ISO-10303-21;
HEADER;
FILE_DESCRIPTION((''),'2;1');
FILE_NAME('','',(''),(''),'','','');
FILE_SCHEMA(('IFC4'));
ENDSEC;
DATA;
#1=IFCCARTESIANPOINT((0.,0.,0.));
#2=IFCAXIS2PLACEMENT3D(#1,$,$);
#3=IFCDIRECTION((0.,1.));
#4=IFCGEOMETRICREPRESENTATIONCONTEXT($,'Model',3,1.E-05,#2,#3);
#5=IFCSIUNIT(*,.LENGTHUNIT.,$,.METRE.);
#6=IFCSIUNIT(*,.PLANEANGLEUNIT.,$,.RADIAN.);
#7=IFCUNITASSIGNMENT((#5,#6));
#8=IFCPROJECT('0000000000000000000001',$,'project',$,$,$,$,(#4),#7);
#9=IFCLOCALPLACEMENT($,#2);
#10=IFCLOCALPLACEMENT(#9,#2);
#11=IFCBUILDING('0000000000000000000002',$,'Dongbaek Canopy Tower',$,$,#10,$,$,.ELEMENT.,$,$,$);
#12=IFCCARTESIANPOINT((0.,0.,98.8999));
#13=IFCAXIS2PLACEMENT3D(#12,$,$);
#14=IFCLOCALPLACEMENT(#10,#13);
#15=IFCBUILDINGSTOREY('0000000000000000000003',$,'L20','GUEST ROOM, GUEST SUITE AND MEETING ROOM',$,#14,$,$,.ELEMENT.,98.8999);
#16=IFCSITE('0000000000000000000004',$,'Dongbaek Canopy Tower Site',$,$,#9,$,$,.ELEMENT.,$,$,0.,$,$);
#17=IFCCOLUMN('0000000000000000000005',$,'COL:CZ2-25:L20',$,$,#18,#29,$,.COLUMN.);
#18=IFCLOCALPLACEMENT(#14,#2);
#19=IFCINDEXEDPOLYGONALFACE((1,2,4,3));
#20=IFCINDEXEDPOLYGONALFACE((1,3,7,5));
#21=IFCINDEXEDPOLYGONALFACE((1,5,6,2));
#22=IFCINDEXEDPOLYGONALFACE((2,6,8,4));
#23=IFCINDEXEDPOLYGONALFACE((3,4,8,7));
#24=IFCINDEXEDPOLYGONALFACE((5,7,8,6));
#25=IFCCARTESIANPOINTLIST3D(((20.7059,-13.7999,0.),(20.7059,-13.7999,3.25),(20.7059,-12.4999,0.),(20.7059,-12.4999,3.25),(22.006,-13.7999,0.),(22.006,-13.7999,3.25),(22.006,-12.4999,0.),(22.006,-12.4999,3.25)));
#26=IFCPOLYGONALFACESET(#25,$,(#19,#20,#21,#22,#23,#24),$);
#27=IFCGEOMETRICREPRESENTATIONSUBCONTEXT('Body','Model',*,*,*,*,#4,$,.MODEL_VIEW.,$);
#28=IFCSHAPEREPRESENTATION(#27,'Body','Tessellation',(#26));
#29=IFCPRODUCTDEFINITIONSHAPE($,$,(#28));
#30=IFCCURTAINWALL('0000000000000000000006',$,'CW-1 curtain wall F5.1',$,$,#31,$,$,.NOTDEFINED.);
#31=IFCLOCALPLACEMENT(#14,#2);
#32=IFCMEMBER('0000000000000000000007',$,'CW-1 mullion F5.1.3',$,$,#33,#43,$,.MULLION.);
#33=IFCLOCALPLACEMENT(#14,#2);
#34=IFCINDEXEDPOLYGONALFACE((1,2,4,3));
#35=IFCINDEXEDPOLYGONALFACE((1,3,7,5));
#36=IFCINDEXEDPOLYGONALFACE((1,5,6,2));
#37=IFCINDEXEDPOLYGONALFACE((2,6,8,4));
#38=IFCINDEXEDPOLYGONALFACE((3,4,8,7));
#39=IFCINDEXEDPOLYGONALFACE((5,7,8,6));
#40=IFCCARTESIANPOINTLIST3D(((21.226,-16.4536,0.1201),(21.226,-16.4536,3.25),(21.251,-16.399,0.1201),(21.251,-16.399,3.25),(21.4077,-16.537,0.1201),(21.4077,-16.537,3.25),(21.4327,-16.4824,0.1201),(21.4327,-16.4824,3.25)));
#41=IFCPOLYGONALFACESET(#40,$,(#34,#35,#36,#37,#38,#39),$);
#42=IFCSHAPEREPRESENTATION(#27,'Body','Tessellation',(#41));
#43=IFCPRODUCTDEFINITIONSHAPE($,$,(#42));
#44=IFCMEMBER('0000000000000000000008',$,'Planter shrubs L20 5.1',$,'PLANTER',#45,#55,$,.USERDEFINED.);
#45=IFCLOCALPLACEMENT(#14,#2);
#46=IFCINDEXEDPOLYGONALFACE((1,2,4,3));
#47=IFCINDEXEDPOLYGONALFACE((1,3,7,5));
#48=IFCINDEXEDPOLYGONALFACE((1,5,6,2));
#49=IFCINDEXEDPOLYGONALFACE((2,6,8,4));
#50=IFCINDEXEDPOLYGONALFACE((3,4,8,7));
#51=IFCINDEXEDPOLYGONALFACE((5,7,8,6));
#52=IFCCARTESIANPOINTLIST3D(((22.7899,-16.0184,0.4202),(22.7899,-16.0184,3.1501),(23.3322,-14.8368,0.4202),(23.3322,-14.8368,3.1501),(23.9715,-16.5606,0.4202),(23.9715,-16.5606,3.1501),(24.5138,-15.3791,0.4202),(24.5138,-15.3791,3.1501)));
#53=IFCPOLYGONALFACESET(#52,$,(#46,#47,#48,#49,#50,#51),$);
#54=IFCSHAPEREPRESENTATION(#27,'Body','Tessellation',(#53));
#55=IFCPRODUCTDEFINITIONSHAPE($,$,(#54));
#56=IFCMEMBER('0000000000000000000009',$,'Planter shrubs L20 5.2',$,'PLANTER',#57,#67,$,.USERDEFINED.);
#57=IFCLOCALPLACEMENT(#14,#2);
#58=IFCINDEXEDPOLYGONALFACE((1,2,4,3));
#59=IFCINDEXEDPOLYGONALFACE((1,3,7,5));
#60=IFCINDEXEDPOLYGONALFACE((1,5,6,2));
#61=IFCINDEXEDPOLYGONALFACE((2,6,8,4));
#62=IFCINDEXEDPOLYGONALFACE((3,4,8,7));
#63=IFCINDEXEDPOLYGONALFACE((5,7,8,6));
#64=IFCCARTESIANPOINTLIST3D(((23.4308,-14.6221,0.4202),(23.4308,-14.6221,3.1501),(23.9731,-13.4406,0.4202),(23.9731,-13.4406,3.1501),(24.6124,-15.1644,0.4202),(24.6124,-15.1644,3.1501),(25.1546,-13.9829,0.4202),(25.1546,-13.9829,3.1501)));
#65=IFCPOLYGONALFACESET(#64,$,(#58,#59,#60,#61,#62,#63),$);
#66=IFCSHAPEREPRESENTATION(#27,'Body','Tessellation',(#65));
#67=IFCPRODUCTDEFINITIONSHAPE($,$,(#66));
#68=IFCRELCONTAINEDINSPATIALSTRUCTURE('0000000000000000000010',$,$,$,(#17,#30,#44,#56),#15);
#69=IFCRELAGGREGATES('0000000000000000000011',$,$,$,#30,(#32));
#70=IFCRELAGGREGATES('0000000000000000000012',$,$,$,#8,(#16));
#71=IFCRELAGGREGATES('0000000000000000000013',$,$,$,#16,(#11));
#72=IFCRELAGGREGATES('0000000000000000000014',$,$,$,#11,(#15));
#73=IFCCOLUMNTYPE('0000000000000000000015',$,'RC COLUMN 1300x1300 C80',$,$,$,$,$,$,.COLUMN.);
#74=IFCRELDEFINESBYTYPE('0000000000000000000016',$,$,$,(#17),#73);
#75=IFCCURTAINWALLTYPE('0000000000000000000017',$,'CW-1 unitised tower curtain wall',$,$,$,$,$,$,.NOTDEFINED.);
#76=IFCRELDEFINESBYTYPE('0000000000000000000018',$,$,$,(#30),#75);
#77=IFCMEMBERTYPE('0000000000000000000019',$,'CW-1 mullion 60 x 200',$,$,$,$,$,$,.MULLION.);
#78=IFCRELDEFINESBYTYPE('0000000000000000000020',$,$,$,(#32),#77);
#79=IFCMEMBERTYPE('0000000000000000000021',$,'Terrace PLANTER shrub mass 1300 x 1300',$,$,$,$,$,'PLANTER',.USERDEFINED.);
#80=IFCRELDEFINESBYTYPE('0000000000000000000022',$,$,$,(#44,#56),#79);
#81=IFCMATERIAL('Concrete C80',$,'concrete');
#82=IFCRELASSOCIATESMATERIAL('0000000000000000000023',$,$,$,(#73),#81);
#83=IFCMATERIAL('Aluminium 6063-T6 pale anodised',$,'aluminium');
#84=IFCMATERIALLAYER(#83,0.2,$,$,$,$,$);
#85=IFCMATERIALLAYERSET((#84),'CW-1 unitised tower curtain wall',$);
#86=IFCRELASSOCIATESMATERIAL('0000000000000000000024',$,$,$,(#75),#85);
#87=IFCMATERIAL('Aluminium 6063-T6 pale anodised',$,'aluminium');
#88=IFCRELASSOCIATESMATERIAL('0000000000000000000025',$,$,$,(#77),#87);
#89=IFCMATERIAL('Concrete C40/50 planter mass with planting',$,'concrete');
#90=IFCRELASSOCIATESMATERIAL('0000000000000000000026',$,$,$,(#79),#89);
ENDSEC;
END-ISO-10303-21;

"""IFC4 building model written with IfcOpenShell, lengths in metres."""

from ifc_helpers import new_model, si_unit, direction, frame, origin, origin_2d, place, context, subcontext, project, spatial, rectangle, extrude, material, layer, layer_set, material_profile, profile_set, type_object, element, aggregate, save


model = new_model("IFC4")

# Units and contexts
model_context = context("Model", 3, precision=1e-05, world=origin(), true_north=direction((0.0, 1.0)))
body_context = subcontext(model_context, "Body", "Model", "MODEL_VIEW")
ifc_project = project(units=[si_unit("LENGTHUNIT", "METRE"), si_unit("PLANEANGLEUNIT", "RADIAN")], contexts=[model_context])

# Site, building, storey
site_placement = place(None, origin())
site = spatial("IfcSite", under=ifc_project, at=site_placement, Name="Dongbaek Canopy Tower Site", CompositionType="ELEMENT", RefElevation=0.0)
building_placement = place(site_placement, origin())
building = spatial("IfcBuilding", under=site, at=building_placement, Name="Dongbaek Canopy Tower", CompositionType="ELEMENT")
storey_placement = place(building_placement, frame((0.0, 0.0, 98.8999)))
storey = spatial("IfcBuildingStorey", under=building, at=storey_placement, Name="L20", Description="GUEST ROOM, GUEST SUITE AND MEETING ROOM", CompositionType="ELEMENT", Elevation=98.8999)

# Column
ifc_material_1 = material(Name="Concrete C80", Category="concrete")
ifc_material_profile_1 = material_profile(ifc_material_1, rectangle(XDim=1.3, YDim=1.3, at=origin_2d()), Name="RC COLUMN 1300x1300 C80")
ifc_profile_set_1 = profile_set([ifc_material_profile_1], Name="Concrete C80")
column_type = type_object("IfcColumnType", Name="RC COLUMN 1300x1300 C80", PredefinedType="COLUMN", material=ifc_profile_set_1)
column_placement = place(storey_placement, frame((21.356, -13.1499, 0.0), z_axis=(0.0, 0.0, 1.0), x_axis=(1.0, 0.0, 0.0)))
element("IfcColumn", 1, at=column_placement, inside=storey, type_object=column_type, Name="COL:CZ2-25:L20", PredefinedType="COLUMN", context=body_context, shape_type="SweptSolid", body=[
    extrude(rectangle(XDim=1.3, YDim=1.3, at=origin_2d()), origin(), (0.0, 0.0, 1.0), 3.25),
])

# Curtain wall, member
ifc_material_2 = material(Name="Aluminium 6063-T6 pale anodised", Category="aluminium")
ifc_layer_1 = layer(ifc_material_2, 0.2)
ifc_layer_set_1 = layer_set([ifc_layer_1], Name="CW-1 unitised tower curtain wall")
curtain_wall_type = type_object("IfcCurtainWallType", Name="CW-1 unitised tower curtain wall", PredefinedType="NOTDEFINED", material=ifc_layer_set_1)
curtain_wall_placement = place(storey_placement, origin())
curtain_wall = element("IfcCurtainWall", 2, at=curtain_wall_placement, inside=storey, type_object=curtain_wall_type, Name="CW-1 curtain wall F5.1", PredefinedType="NOTDEFINED")
ifc_material_3 = material(Name="Aluminium 6063-T6 pale anodised", Category="aluminium")
ifc_material_profile_2 = material_profile(ifc_material_3, rectangle(XDim=0.2, YDim=0.0601, at=origin_2d()), Name="CW-1 mullion 60 x 200")
ifc_profile_set_2 = profile_set([ifc_material_profile_2], Name="Aluminium 6063-T6 pale anodised")
member_type_1 = type_object("IfcMemberType", Name="CW-1 mullion 60 x 200", PredefinedType="MULLION", material=ifc_profile_set_2)
member_placement = place(storey_placement, frame((21.3293, -16.468, 0.1201), z_axis=(0.0, 0.0, 1.0), x_axis=(0.908849, -0.417126, 0.0)))
member = element("IfcMember", 3, at=member_placement, type_object=member_type_1, Name="CW-1 mullion F5.1.3", PredefinedType="MULLION", context=body_context, shape_type="SweptSolid", body=[
    extrude(rectangle(XDim=0.2, YDim=0.0601, at=origin_2d()), origin(), (0.0, 0.0, 1.0), 3.1299),
])
aggregate(curtain_wall, [member])

# Members
ifc_material_4 = material(Name="Concrete C40/50 planter mass with planting", Category="concrete")
ifc_material_profile_3 = material_profile(ifc_material_4, rectangle(XDim=1.3, YDim=1.3, at=origin_2d()), Name="Terrace PLANTER shrub mass 1300 x 1300")
ifc_profile_set_3 = profile_set([ifc_material_profile_3], Name="Concrete C40/50 planter mass with planting")
member_type_2 = type_object("IfcMemberType", Name="Terrace PLANTER shrub mass 1300 x 1300", ElementType="PLANTER", PredefinedType="USERDEFINED", material=ifc_profile_set_3)
for number, where, z_axis, x_axis, name in (
    (4, (23.6519, -15.6987, 0.4202), (0.0, 0.0, 1.0), (0.908849, -0.417126, 0.0), "Planter shrubs L20 5.1"),
    (5, (24.2927, -14.3025, 0.4202), (0.0, 0.0, 1.0), (0.908849, -0.417126, 0.0), "Planter shrubs L20 5.2"),
):
    element("IfcMember", number, at=place(storey_placement, frame(where, z_axis=z_axis, x_axis=x_axis)), inside=storey, type_object=member_type_2, Name=name, ObjectType="PLANTER", PredefinedType="USERDEFINED", context=body_context, shape_type="SweptSolid", body=[
        extrude(rectangle(XDim=1.3, YDim=1.3, at=origin_2d()), origin(), (0.0, 0.0, 1.0), 2.73),
    ])

save(model, "model.ifc")
